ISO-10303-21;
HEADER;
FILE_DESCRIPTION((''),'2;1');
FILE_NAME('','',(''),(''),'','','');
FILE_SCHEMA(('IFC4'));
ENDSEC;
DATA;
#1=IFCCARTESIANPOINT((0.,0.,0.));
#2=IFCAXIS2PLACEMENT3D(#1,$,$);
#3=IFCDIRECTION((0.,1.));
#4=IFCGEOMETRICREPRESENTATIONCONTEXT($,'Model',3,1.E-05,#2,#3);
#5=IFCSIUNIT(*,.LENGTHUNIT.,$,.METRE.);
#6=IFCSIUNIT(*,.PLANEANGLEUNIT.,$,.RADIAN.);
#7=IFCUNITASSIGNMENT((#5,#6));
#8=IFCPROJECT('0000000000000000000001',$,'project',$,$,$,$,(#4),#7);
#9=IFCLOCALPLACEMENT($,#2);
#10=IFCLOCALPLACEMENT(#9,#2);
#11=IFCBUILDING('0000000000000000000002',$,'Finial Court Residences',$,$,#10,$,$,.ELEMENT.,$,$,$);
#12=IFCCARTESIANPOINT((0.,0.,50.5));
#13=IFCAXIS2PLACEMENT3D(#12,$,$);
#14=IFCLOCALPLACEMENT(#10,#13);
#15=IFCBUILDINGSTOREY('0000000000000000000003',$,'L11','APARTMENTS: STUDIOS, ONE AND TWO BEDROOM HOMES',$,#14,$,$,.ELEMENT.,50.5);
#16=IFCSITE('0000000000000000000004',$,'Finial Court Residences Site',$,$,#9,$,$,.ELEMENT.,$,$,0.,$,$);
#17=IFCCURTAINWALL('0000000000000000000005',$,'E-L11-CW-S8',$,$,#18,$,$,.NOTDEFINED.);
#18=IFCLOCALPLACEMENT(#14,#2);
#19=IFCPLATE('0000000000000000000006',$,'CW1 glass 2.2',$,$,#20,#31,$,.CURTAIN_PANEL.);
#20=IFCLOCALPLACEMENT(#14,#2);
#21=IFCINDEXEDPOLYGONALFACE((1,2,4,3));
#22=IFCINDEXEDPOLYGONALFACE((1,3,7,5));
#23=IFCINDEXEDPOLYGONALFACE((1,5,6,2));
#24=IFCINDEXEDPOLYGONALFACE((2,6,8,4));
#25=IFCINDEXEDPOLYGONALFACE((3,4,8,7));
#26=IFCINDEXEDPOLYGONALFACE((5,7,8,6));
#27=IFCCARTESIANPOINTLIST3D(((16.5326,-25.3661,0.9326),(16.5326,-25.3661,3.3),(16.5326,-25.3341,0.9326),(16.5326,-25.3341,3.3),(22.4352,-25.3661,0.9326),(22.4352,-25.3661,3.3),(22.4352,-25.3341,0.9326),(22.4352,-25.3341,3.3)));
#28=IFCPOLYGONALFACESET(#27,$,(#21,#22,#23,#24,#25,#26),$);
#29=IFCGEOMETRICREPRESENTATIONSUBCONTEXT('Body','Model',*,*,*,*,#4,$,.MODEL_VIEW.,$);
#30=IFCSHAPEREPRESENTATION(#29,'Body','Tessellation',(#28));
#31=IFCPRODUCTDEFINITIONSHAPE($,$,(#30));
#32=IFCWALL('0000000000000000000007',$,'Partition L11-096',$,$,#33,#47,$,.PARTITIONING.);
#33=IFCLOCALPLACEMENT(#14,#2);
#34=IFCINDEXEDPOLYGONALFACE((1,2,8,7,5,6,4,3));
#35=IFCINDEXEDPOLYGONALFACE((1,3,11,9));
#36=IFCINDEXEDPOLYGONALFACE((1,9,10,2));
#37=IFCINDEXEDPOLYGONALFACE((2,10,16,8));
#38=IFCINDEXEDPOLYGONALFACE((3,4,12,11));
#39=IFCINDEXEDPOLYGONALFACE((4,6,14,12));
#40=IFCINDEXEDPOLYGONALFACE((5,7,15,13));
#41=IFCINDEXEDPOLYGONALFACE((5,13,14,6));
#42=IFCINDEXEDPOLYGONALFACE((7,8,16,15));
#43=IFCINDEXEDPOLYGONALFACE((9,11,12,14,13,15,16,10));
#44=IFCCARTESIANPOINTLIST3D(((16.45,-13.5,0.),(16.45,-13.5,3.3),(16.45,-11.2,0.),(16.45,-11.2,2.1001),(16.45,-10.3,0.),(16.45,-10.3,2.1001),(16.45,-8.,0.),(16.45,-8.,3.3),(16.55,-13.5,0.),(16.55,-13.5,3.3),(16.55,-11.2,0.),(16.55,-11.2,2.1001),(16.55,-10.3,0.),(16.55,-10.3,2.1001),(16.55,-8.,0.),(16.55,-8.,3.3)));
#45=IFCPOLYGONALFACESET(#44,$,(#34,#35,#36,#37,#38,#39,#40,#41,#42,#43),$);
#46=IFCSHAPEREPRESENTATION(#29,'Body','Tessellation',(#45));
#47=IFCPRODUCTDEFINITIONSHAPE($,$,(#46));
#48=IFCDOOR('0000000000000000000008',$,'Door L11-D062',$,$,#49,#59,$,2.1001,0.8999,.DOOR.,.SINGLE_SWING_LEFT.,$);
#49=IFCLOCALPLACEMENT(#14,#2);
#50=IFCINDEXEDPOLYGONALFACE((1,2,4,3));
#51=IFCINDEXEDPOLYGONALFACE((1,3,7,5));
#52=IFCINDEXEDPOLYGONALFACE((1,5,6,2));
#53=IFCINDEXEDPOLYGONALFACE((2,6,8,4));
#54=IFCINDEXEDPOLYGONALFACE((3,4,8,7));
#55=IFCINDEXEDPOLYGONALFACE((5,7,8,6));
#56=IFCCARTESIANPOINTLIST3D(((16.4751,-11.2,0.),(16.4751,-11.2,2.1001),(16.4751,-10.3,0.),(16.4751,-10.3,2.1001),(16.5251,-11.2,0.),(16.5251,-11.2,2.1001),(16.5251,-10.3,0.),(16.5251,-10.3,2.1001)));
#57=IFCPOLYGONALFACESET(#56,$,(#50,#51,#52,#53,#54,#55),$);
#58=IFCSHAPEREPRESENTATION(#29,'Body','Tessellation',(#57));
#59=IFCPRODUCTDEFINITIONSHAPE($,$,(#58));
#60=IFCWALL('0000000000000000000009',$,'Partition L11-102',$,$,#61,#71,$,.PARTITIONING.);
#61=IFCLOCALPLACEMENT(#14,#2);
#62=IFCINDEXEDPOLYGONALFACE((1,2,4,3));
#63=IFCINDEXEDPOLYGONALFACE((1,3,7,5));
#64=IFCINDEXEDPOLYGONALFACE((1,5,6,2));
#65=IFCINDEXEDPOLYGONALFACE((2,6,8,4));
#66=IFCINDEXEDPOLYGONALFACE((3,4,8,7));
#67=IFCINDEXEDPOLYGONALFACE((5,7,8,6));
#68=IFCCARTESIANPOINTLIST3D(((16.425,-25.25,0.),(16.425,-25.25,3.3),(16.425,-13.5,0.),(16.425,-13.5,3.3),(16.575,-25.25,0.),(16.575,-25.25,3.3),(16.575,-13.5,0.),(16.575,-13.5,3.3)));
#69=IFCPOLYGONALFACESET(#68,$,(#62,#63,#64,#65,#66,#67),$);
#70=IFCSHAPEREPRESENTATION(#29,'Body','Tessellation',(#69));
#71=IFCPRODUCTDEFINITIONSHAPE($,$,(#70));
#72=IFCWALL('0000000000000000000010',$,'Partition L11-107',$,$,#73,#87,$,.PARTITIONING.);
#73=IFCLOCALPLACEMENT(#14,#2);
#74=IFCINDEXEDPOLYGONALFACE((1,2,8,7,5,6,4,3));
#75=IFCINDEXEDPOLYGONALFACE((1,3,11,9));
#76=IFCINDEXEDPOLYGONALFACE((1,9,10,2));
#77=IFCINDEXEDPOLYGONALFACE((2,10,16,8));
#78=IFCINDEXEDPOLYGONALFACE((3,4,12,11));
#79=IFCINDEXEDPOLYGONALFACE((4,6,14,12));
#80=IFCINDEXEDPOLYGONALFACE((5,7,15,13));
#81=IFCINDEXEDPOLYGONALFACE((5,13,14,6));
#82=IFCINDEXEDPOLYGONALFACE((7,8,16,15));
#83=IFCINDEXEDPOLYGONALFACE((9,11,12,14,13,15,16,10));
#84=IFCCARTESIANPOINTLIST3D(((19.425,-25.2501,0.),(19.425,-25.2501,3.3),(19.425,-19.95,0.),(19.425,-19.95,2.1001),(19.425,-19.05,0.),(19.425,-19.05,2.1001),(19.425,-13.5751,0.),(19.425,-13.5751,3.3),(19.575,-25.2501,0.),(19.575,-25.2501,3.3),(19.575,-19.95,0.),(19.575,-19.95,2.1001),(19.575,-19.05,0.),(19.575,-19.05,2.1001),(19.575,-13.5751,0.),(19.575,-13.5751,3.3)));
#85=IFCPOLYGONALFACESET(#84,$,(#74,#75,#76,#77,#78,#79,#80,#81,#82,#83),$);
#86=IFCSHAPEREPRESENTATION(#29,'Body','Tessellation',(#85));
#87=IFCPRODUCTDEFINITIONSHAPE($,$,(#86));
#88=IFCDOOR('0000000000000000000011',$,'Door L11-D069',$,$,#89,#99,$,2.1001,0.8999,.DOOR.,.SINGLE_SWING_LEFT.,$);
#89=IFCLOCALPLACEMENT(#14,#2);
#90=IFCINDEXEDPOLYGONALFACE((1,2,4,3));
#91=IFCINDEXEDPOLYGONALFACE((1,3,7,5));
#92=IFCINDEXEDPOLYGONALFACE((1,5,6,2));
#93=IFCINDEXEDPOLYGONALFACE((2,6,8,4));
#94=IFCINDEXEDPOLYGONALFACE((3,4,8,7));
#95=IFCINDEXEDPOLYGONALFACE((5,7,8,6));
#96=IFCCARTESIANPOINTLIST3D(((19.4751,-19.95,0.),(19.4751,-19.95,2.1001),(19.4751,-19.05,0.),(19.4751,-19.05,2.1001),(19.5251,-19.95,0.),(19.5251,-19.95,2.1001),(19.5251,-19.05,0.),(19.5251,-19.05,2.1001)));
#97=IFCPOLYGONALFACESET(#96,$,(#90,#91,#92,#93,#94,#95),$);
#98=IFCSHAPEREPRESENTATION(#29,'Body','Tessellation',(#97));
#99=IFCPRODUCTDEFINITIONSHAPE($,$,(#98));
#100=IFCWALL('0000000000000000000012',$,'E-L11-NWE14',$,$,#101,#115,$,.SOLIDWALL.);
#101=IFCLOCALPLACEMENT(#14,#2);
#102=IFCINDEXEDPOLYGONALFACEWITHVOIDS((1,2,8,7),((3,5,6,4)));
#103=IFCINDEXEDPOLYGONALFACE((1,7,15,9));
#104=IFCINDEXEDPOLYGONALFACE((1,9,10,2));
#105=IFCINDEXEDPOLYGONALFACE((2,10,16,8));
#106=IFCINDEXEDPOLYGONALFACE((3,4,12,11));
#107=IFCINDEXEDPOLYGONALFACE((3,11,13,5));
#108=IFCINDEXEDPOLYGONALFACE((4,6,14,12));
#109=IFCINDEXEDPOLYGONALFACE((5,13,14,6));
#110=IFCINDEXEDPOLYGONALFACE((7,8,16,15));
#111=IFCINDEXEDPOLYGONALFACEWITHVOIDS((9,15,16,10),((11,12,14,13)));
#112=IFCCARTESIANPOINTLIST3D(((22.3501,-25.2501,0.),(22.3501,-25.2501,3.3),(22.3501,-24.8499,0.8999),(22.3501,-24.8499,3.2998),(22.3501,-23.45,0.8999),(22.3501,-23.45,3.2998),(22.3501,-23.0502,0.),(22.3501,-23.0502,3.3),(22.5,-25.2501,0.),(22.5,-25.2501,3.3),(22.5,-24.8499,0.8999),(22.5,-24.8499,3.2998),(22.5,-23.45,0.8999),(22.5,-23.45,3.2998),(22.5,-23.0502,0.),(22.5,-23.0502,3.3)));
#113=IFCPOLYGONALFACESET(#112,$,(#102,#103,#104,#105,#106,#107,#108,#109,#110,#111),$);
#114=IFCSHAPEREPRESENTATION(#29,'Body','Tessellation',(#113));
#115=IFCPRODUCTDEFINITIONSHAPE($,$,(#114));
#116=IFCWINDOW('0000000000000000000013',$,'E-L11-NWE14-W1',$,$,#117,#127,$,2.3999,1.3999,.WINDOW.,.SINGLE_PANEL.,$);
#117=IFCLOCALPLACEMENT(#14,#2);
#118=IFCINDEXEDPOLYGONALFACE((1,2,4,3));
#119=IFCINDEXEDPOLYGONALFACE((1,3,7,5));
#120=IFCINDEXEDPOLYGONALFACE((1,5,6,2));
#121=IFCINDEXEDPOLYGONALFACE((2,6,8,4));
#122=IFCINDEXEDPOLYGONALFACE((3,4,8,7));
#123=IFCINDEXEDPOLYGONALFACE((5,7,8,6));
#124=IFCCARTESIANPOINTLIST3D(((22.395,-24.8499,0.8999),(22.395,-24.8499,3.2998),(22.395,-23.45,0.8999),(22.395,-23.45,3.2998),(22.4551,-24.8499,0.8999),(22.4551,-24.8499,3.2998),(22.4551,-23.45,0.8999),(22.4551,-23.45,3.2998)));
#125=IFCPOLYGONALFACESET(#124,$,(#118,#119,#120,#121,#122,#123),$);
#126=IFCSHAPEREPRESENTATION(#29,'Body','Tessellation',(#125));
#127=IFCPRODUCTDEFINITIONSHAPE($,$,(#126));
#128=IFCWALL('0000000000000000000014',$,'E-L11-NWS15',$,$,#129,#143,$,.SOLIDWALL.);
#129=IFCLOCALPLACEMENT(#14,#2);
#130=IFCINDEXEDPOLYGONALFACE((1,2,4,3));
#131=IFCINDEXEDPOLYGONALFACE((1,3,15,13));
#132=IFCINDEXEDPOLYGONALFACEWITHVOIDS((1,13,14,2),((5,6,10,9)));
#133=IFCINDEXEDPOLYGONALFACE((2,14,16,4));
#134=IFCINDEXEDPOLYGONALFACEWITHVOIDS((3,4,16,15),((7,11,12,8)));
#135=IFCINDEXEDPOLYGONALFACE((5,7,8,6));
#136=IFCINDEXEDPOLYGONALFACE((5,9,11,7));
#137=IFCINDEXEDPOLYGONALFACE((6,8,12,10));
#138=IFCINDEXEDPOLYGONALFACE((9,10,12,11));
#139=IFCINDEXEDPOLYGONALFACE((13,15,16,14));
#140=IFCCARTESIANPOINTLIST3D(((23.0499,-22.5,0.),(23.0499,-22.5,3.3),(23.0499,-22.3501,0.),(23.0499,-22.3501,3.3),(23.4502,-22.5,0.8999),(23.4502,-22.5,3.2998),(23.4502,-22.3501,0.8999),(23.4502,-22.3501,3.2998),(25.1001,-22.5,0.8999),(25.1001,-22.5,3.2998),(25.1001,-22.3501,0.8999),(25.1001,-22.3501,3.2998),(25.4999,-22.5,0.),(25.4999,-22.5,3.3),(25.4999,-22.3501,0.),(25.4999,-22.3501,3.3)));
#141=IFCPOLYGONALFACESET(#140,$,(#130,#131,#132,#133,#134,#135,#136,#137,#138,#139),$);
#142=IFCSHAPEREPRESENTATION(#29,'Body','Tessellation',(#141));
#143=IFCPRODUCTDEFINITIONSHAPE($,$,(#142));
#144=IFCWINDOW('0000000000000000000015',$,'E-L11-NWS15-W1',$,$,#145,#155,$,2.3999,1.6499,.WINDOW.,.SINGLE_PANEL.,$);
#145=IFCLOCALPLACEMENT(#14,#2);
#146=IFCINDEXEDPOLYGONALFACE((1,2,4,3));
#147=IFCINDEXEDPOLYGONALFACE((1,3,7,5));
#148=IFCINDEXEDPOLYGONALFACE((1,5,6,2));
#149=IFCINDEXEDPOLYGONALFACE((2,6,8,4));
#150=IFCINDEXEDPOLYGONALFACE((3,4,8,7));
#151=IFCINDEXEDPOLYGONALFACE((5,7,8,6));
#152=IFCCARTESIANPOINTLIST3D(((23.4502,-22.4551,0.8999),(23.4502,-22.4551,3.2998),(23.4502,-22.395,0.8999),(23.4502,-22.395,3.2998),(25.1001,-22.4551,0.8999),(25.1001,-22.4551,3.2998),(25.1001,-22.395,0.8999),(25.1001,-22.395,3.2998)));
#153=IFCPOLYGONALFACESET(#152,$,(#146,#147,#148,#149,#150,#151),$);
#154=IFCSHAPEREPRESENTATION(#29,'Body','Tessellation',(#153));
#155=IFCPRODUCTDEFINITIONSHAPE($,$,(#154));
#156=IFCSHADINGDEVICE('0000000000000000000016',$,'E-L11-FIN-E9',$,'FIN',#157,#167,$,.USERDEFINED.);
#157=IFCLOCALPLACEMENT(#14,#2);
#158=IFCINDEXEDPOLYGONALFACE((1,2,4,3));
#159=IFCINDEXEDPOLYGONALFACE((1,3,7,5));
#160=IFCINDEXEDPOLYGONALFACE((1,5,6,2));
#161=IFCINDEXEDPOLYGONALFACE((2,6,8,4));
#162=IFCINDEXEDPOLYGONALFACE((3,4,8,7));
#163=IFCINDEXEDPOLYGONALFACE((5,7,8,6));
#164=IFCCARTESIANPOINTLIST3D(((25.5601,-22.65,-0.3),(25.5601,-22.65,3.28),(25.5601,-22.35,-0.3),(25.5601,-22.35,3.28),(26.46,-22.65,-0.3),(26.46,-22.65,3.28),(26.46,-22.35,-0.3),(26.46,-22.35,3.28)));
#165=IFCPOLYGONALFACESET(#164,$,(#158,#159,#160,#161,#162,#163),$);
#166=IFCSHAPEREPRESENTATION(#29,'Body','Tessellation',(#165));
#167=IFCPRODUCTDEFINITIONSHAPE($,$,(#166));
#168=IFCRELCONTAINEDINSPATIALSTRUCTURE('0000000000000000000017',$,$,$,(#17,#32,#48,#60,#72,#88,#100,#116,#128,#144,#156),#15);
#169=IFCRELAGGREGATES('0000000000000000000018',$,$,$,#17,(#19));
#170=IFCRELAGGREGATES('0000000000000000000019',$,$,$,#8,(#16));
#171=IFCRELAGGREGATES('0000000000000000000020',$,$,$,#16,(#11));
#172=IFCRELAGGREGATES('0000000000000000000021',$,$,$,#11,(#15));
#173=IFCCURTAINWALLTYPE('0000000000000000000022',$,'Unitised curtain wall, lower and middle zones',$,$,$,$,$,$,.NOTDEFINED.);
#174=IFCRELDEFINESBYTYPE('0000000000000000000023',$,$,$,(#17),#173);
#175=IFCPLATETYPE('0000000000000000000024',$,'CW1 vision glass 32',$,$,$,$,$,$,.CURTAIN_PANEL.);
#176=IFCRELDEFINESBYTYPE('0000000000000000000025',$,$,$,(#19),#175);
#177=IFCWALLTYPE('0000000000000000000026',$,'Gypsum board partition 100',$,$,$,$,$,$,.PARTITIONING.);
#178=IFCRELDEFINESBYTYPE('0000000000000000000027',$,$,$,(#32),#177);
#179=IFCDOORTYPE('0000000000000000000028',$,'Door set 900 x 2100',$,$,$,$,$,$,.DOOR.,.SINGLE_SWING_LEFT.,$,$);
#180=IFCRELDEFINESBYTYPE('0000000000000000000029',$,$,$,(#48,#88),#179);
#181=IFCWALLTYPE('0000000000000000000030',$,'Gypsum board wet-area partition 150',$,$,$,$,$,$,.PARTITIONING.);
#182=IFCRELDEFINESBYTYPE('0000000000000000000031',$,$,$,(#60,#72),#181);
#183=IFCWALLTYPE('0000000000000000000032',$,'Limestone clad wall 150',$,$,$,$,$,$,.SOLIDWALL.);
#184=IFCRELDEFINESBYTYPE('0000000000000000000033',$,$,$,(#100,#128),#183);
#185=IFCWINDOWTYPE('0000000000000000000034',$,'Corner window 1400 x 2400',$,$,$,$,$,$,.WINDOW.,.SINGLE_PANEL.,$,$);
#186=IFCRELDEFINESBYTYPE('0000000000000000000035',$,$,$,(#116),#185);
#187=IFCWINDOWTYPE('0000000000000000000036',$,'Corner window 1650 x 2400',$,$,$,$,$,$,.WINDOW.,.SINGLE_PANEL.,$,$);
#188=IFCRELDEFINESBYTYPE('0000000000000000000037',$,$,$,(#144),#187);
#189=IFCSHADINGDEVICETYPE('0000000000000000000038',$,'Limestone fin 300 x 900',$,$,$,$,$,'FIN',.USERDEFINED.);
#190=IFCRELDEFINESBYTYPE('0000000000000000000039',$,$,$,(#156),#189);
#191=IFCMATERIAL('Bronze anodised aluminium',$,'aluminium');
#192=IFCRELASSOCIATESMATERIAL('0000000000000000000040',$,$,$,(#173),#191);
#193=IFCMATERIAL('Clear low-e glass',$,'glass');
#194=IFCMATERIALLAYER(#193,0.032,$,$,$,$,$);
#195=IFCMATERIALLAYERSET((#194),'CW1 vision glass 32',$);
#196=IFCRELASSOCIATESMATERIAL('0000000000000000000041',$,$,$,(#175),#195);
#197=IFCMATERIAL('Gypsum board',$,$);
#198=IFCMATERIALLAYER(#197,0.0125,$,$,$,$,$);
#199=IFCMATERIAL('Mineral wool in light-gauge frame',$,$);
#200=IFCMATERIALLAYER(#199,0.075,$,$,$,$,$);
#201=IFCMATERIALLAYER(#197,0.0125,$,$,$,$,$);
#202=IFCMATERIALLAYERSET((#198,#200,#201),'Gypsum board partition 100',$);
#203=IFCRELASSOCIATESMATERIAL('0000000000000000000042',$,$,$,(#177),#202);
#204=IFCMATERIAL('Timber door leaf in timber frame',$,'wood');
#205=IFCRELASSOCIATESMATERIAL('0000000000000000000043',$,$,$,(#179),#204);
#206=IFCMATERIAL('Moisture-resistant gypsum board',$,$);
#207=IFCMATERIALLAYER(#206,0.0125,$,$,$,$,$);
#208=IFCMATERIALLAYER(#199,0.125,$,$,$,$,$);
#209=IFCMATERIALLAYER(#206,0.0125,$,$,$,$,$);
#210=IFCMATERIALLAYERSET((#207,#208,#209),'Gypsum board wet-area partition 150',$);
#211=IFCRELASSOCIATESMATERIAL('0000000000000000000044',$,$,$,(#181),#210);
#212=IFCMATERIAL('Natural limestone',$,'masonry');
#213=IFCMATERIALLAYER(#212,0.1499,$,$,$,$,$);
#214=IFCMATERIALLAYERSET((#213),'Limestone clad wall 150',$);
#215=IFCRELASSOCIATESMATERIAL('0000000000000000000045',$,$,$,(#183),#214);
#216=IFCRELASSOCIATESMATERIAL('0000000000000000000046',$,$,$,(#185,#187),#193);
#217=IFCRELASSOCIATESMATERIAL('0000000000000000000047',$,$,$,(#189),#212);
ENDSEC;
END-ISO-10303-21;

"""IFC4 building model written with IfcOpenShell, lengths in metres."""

from ifc_helpers import new_model, si_unit, direction, frame, frame_2d, origin, origin_2d, place, context, subcontext, project, spatial, rectangle, extrude, material, layer, layer_set, type_object, element, fill, aggregate, save


model = new_model("IFC4")

# Units and contexts
model_context = context("Model", 3, precision=1e-05, world=origin(), true_north=direction((0.0, 1.0)))
body_context = subcontext(model_context, "Body", "Model", "MODEL_VIEW")
ifc_project = project(units=[si_unit("LENGTHUNIT", "METRE"), si_unit("PLANEANGLEUNIT", "RADIAN")], contexts=[model_context])

# Site, building, storey
site_placement = place(None, origin())
site = spatial("IfcSite", under=ifc_project, at=site_placement, Name="Finial Court Residences Site", CompositionType="ELEMENT", RefElevation=0.0)
building_placement = place(site_placement, origin())
building = spatial("IfcBuilding", under=site, at=building_placement, Name="Finial Court Residences", CompositionType="ELEMENT")
storey_placement = place(building_placement, frame((0.0, 0.0, 50.5)))
storey = spatial("IfcBuildingStorey", under=building, at=storey_placement, Name="L11", Description="APARTMENTS: STUDIOS, ONE AND TWO BEDROOM HOMES", CompositionType="ELEMENT", Elevation=50.5)

# Shared definitions
ifc_material_1 = material(Name="Bronze anodised aluminium", Category="aluminium")
curtain_wall_type = type_object("IfcCurtainWallType", Name="Unitised curtain wall, lower and middle zones", PredefinedType="NOTDEFINED", material=ifc_material_1)

# Curtain wall
curtain_wall_1_placement = place(storey_placement, origin())
curtain_wall_1 = element("IfcCurtainWall", 1, at=curtain_wall_1_placement, inside=storey, type_object=curtain_wall_type, Name="E-L11-CW-S8", PredefinedType="NOTDEFINED")

# Plate
ifc_material_2 = material(Name="Clear low-e glass", Category="glass")
ifc_layer_1 = layer(ifc_material_2, 0.032)
ifc_layer_set_1 = layer_set([ifc_layer_1], Name="CW1 vision glass 32")
plate_type_1 = type_object("IfcPlateType", Name="CW1 vision glass 32", PredefinedType="CURTAIN_PANEL", material=ifc_layer_set_1)
plate_1_placement = place(storey_placement, frame((19.4839, -25.3501, 0.9326), z_axis=(0.0, 0.0, 1.0), x_axis=(1.0, 0.0, 0.0)))
plate_1 = element("IfcPlate", 2, at=plate_1_placement, type_object=plate_type_1, Name="CW1 glass 2.2", PredefinedType="CURTAIN_PANEL", context=body_context, shape_type="SweptSolid", body=[
    extrude(rectangle(XDim=5.9026, YDim=0.032, at=origin_2d()), origin(), (0.0, 0.0, 1.0), 2.3674),
])
aggregate(curtain_wall_1, [plate_1])

# Wall, opening, door
ifc_material_3 = material(Name="Gypsum board")
ifc_layer_2 = layer(ifc_material_3, 0.0125)
ifc_material_4 = material(Name="Mineral wool in light-gauge frame")
ifc_layer_3 = layer(ifc_material_4, 0.075)
ifc_layer_4 = layer(ifc_material_3, 0.0125)
ifc_layer_set_2 = layer_set([ifc_layer_2, ifc_layer_3, ifc_layer_4], Name="Gypsum board partition 100")
wall_type_1 = type_object("IfcWallType", Name="Gypsum board partition 100", PredefinedType="PARTITIONING", material=ifc_layer_set_2)
wall_1_placement = place(storey_placement, frame((16.5, -13.5, 0.0), z_axis=(0.0, 0.0, 1.0), x_axis=(0.0, 1.0, 0.0)))
wall_1 = element("IfcWall", 3, at=wall_1_placement, inside=storey, type_object=wall_type_1, Name="Partition L11-096", PredefinedType="PARTITIONING", context=body_context, shape_type="SweptSolid", body=[
    extrude(rectangle(XDim=5.5, YDim=0.1001, at=frame_2d((2.75, 0.0))), origin(), (0.0, 0.0, 1.0), 3.3),
])
opening_1_placement = place(wall_1_placement, frame((2.3, 0.0, 0.0)))
opening_1 = element("IfcOpeningElement", 4, at=opening_1_placement, cuts=wall_1, PredefinedType="OPENING", context=body_context, shape_type="SweptSolid", body=[
    extrude(rectangle(XDim=0.8999, YDim=2.1001, at=frame_2d((0.45, 1.05))), frame((0.0, 0.0601, 0.0), z_axis=(0.0, -1.0, 0.0), x_axis=(1.0, 0.0, 0.0)), (0.0, 0.0, 1.0), 0.1201),
])
ifc_material_5 = material(Name="Timber door leaf in timber frame", Category="wood")
door_type = type_object("IfcDoorType", Name="Door set 900 x 2100", OperationType="SINGLE_SWING_LEFT", PredefinedType="DOOR", material=ifc_material_5)
door_1_placement = place(opening_1_placement, origin())
door_1 = element("IfcDoor", 5, at=door_1_placement, inside=storey, type_object=door_type, Name="Door L11-D062", OperationType="SINGLE_SWING_LEFT", OverallHeight=2.1001, OverallWidth=0.8999, PredefinedType="DOOR", context=body_context, shape_type="SweptSolid", body=[
    extrude(rectangle(XDim=0.8999, YDim=2.1001, at=frame_2d((0.45, 1.05))), frame((0.0, 0.0249, 0.0), z_axis=(0.0, -1.0, 0.0), x_axis=(1.0, 0.0, 0.0)), (0.0, 0.0, 1.0), 0.05),
])
fill(opening_1, door_1)

# Wall
ifc_material_6 = material(Name="Moisture-resistant gypsum board")
ifc_layer_5 = layer(ifc_material_6, 0.0125)
ifc_layer_6 = layer(ifc_material_4, 0.125)
ifc_layer_7 = layer(ifc_material_6, 0.0125)
ifc_layer_set_3 = layer_set([ifc_layer_5, ifc_layer_6, ifc_layer_7], Name="Gypsum board wet-area partition 150")
wall_type_2 = type_object("IfcWallType", Name="Gypsum board wet-area partition 150", PredefinedType="PARTITIONING", material=ifc_layer_set_3)
wall_2_placement = place(storey_placement, frame((16.5, -25.25, 0.0), z_axis=(0.0, 0.0, 1.0), x_axis=(0.0, 1.0, 0.0)))
element("IfcWall", 6, at=wall_2_placement, inside=storey, type_object=wall_type_2, Name="Partition L11-102", PredefinedType="PARTITIONING", context=body_context, shape_type="SweptSolid", body=[
    extrude(rectangle(XDim=11.75, YDim=0.1499, at=frame_2d((5.875, 0.0))), origin(), (0.0, 0.0, 1.0), 3.3),
])

# Wall, opening, door
wall_3_placement = place(storey_placement, frame((19.5, -25.25, 0.0), z_axis=(0.0, 0.0, 1.0), x_axis=(0.0, 1.0, 0.0)))
wall_3 = element("IfcWall", 7, at=wall_3_placement, inside=storey, type_object=wall_type_2, Name="Partition L11-107", PredefinedType="PARTITIONING", context=body_context, shape_type="SweptSolid", body=[
    extrude(rectangle(XDim=11.675, YDim=0.1499, at=frame_2d((5.8374, 0.0))), origin(), (0.0, 0.0, 1.0), 3.3),
])
opening_2_placement = place(wall_3_placement, frame((5.3, 0.0, 0.0)))
opening_2 = element("IfcOpeningElement", 8, at=opening_2_placement, cuts=wall_3, PredefinedType="OPENING", context=body_context, shape_type="SweptSolid", body=[
    extrude(rectangle(XDim=0.8999, YDim=2.1001, at=frame_2d((0.45, 1.05))), frame((0.0, 0.085, 0.0), z_axis=(0.0, -1.0, 0.0), x_axis=(1.0, 0.0, 0.0)), (0.0, 0.0, 1.0), 0.1699),
])
door_2_placement = place(opening_2_placement, origin())
door_2 = element("IfcDoor", 9, at=door_2_placement, inside=storey, type_object=door_type, Name="Door L11-D069", OperationType="SINGLE_SWING_LEFT", OverallHeight=2.1001, OverallWidth=0.8999, PredefinedType="DOOR", context=body_context, shape_type="SweptSolid", body=[
    extrude(rectangle(XDim=0.8999, YDim=2.1001, at=frame_2d((0.45, 1.05))), frame((0.0, 0.0249, 0.0), z_axis=(0.0, -1.0, 0.0), x_axis=(1.0, 0.0, 0.0)), (0.0, 0.0, 1.0), 0.05),
])
fill(opening_2, door_2)

# Walls, openings, windows
ifc_material_7 = material(Name="Natural limestone", Category="masonry")
ifc_layer_8 = layer(ifc_material_7, 0.1499)
ifc_layer_set_4 = layer_set([ifc_layer_8], Name="Limestone clad wall 150")
wall_type_3 = type_object("IfcWallType", Name="Limestone clad wall 150", PredefinedType="SOLIDWALL", material=ifc_layer_set_4)
wall_4_placement = place(storey_placement, frame((22.425, -23.05, 0.0), z_axis=(0.0, 0.0, 1.0), x_axis=(0.0, -1.0, 0.0)))
wall_4 = element("IfcWall", 10, at=wall_4_placement, inside=storey, type_object=wall_type_3, Name="E-L11-NWE14", PredefinedType="SOLIDWALL", context=body_context, shape_type="SweptSolid", body=[
    extrude(rectangle(XDim=2.2, YDim=0.1499, at=frame_2d((1.1001, 0.0))), origin(), (0.0, 0.0, 1.0), 3.3),
])
opening_3_placement = place(wall_4_placement, frame((0.3999, 0.0, 0.8999)))
opening_3 = element("IfcOpeningElement", 11, at=opening_3_placement, cuts=wall_4, PredefinedType="OPENING", context=body_context, shape_type="SweptSolid", body=[
    extrude(rectangle(XDim=1.3999, YDim=2.3999, at=frame_2d((0.7, 1.2))), frame((0.0, 0.085, 0.0), z_axis=(0.0, -1.0, 0.0), x_axis=(1.0, 0.0, 0.0)), (0.0, 0.0, 1.0), 0.1699),
])
window_type_1 = type_object("IfcWindowType", Name="Corner window 1400 x 2400", PartitioningType="SINGLE_PANEL", PredefinedType="WINDOW", material=ifc_material_2)
window_1_placement = place(opening_3_placement, origin())
window_1 = element("IfcWindow", 12, at=window_1_placement, inside=storey, type_object=window_type_1, Name="E-L11-NWE14-W1", OverallHeight=2.3999, OverallWidth=1.3999, PartitioningType="SINGLE_PANEL", PredefinedType="WINDOW", context=body_context, shape_type="SweptSolid", body=[
    extrude(rectangle(XDim=1.3999, YDim=2.3999, at=frame_2d((0.7, 1.2))), frame((0.0, 0.03, 0.0), z_axis=(0.0, -1.0, 0.0), x_axis=(1.0, 0.0, 0.0)), (0.0, 0.0, 1.0), 0.0601),
])
fill(opening_3, window_1)
wall_5_placement = place(storey_placement, frame((25.5, -22.425, 0.0), z_axis=(0.0, 0.0, 1.0), x_axis=(-1.0, 0.0, 0.0)))
wall_5 = element("IfcWall", 13, at=wall_5_placement, inside=storey, type_object=wall_type_3, Name="E-L11-NWS15", PredefinedType="SOLIDWALL", context=body_context, shape_type="SweptSolid", body=[
    extrude(rectangle(XDim=2.45, YDim=0.1499, at=frame_2d((1.2251, 0.0))), origin(), (0.0, 0.0, 1.0), 3.3),
])
opening_4_placement = place(wall_5_placement, frame((0.3999, 0.0, 0.8999)))
opening_4 = element("IfcOpeningElement", 14, at=opening_4_placement, cuts=wall_5, PredefinedType="OPENING", context=body_context, shape_type="SweptSolid", body=[
    extrude(rectangle(XDim=1.6499, YDim=2.3999, at=frame_2d((0.825, 1.2))), frame((0.0, 0.085, 0.0), z_axis=(0.0, -1.0, 0.0), x_axis=(1.0, 0.0, 0.0)), (0.0, 0.0, 1.0), 0.1699),
])
window_type_2 = type_object("IfcWindowType", Name="Corner window 1650 x 2400", PartitioningType="SINGLE_PANEL", PredefinedType="WINDOW", material=ifc_material_2)
window_2_placement = place(opening_4_placement, origin())
window_2 = element("IfcWindow", 15, at=window_2_placement, inside=storey, type_object=window_type_2, Name="E-L11-NWS15-W1", OverallHeight=2.3999, OverallWidth=1.6499, PartitioningType="SINGLE_PANEL", PredefinedType="WINDOW", context=body_context, shape_type="SweptSolid", body=[
    extrude(rectangle(XDim=1.6499, YDim=2.3999, at=frame_2d((0.825, 1.2))), frame((0.0, 0.03, 0.0), z_axis=(0.0, -1.0, 0.0), x_axis=(1.0, 0.0, 0.0)), (0.0, 0.0, 1.0), 0.0601),
])
fill(opening_4, window_2)

# Shading device
shading_device_type = type_object("IfcShadingDeviceType", Name="Limestone fin 300 x 900", ElementType="FIN", PredefinedType="USERDEFINED", material=ifc_material_7)
shading_device_placement = place(storey_placement, frame((26.01, -22.5, -0.3), z_axis=(0.0, 0.0, 1.0), x_axis=(1.0, 0.0, 0.0)))
element("IfcShadingDevice", 16, at=shading_device_placement, inside=storey, type_object=shading_device_type, Name="E-L11-FIN-E9", ObjectType="FIN", PredefinedType="USERDEFINED", context=body_context, shape_type="SweptSolid", body=[
    extrude(rectangle(XDim=0.8999, YDim=0.3, at=origin_2d()), origin(), (0.0, 0.0, 1.0), 3.5801),
])

save(model, "model.ifc")
